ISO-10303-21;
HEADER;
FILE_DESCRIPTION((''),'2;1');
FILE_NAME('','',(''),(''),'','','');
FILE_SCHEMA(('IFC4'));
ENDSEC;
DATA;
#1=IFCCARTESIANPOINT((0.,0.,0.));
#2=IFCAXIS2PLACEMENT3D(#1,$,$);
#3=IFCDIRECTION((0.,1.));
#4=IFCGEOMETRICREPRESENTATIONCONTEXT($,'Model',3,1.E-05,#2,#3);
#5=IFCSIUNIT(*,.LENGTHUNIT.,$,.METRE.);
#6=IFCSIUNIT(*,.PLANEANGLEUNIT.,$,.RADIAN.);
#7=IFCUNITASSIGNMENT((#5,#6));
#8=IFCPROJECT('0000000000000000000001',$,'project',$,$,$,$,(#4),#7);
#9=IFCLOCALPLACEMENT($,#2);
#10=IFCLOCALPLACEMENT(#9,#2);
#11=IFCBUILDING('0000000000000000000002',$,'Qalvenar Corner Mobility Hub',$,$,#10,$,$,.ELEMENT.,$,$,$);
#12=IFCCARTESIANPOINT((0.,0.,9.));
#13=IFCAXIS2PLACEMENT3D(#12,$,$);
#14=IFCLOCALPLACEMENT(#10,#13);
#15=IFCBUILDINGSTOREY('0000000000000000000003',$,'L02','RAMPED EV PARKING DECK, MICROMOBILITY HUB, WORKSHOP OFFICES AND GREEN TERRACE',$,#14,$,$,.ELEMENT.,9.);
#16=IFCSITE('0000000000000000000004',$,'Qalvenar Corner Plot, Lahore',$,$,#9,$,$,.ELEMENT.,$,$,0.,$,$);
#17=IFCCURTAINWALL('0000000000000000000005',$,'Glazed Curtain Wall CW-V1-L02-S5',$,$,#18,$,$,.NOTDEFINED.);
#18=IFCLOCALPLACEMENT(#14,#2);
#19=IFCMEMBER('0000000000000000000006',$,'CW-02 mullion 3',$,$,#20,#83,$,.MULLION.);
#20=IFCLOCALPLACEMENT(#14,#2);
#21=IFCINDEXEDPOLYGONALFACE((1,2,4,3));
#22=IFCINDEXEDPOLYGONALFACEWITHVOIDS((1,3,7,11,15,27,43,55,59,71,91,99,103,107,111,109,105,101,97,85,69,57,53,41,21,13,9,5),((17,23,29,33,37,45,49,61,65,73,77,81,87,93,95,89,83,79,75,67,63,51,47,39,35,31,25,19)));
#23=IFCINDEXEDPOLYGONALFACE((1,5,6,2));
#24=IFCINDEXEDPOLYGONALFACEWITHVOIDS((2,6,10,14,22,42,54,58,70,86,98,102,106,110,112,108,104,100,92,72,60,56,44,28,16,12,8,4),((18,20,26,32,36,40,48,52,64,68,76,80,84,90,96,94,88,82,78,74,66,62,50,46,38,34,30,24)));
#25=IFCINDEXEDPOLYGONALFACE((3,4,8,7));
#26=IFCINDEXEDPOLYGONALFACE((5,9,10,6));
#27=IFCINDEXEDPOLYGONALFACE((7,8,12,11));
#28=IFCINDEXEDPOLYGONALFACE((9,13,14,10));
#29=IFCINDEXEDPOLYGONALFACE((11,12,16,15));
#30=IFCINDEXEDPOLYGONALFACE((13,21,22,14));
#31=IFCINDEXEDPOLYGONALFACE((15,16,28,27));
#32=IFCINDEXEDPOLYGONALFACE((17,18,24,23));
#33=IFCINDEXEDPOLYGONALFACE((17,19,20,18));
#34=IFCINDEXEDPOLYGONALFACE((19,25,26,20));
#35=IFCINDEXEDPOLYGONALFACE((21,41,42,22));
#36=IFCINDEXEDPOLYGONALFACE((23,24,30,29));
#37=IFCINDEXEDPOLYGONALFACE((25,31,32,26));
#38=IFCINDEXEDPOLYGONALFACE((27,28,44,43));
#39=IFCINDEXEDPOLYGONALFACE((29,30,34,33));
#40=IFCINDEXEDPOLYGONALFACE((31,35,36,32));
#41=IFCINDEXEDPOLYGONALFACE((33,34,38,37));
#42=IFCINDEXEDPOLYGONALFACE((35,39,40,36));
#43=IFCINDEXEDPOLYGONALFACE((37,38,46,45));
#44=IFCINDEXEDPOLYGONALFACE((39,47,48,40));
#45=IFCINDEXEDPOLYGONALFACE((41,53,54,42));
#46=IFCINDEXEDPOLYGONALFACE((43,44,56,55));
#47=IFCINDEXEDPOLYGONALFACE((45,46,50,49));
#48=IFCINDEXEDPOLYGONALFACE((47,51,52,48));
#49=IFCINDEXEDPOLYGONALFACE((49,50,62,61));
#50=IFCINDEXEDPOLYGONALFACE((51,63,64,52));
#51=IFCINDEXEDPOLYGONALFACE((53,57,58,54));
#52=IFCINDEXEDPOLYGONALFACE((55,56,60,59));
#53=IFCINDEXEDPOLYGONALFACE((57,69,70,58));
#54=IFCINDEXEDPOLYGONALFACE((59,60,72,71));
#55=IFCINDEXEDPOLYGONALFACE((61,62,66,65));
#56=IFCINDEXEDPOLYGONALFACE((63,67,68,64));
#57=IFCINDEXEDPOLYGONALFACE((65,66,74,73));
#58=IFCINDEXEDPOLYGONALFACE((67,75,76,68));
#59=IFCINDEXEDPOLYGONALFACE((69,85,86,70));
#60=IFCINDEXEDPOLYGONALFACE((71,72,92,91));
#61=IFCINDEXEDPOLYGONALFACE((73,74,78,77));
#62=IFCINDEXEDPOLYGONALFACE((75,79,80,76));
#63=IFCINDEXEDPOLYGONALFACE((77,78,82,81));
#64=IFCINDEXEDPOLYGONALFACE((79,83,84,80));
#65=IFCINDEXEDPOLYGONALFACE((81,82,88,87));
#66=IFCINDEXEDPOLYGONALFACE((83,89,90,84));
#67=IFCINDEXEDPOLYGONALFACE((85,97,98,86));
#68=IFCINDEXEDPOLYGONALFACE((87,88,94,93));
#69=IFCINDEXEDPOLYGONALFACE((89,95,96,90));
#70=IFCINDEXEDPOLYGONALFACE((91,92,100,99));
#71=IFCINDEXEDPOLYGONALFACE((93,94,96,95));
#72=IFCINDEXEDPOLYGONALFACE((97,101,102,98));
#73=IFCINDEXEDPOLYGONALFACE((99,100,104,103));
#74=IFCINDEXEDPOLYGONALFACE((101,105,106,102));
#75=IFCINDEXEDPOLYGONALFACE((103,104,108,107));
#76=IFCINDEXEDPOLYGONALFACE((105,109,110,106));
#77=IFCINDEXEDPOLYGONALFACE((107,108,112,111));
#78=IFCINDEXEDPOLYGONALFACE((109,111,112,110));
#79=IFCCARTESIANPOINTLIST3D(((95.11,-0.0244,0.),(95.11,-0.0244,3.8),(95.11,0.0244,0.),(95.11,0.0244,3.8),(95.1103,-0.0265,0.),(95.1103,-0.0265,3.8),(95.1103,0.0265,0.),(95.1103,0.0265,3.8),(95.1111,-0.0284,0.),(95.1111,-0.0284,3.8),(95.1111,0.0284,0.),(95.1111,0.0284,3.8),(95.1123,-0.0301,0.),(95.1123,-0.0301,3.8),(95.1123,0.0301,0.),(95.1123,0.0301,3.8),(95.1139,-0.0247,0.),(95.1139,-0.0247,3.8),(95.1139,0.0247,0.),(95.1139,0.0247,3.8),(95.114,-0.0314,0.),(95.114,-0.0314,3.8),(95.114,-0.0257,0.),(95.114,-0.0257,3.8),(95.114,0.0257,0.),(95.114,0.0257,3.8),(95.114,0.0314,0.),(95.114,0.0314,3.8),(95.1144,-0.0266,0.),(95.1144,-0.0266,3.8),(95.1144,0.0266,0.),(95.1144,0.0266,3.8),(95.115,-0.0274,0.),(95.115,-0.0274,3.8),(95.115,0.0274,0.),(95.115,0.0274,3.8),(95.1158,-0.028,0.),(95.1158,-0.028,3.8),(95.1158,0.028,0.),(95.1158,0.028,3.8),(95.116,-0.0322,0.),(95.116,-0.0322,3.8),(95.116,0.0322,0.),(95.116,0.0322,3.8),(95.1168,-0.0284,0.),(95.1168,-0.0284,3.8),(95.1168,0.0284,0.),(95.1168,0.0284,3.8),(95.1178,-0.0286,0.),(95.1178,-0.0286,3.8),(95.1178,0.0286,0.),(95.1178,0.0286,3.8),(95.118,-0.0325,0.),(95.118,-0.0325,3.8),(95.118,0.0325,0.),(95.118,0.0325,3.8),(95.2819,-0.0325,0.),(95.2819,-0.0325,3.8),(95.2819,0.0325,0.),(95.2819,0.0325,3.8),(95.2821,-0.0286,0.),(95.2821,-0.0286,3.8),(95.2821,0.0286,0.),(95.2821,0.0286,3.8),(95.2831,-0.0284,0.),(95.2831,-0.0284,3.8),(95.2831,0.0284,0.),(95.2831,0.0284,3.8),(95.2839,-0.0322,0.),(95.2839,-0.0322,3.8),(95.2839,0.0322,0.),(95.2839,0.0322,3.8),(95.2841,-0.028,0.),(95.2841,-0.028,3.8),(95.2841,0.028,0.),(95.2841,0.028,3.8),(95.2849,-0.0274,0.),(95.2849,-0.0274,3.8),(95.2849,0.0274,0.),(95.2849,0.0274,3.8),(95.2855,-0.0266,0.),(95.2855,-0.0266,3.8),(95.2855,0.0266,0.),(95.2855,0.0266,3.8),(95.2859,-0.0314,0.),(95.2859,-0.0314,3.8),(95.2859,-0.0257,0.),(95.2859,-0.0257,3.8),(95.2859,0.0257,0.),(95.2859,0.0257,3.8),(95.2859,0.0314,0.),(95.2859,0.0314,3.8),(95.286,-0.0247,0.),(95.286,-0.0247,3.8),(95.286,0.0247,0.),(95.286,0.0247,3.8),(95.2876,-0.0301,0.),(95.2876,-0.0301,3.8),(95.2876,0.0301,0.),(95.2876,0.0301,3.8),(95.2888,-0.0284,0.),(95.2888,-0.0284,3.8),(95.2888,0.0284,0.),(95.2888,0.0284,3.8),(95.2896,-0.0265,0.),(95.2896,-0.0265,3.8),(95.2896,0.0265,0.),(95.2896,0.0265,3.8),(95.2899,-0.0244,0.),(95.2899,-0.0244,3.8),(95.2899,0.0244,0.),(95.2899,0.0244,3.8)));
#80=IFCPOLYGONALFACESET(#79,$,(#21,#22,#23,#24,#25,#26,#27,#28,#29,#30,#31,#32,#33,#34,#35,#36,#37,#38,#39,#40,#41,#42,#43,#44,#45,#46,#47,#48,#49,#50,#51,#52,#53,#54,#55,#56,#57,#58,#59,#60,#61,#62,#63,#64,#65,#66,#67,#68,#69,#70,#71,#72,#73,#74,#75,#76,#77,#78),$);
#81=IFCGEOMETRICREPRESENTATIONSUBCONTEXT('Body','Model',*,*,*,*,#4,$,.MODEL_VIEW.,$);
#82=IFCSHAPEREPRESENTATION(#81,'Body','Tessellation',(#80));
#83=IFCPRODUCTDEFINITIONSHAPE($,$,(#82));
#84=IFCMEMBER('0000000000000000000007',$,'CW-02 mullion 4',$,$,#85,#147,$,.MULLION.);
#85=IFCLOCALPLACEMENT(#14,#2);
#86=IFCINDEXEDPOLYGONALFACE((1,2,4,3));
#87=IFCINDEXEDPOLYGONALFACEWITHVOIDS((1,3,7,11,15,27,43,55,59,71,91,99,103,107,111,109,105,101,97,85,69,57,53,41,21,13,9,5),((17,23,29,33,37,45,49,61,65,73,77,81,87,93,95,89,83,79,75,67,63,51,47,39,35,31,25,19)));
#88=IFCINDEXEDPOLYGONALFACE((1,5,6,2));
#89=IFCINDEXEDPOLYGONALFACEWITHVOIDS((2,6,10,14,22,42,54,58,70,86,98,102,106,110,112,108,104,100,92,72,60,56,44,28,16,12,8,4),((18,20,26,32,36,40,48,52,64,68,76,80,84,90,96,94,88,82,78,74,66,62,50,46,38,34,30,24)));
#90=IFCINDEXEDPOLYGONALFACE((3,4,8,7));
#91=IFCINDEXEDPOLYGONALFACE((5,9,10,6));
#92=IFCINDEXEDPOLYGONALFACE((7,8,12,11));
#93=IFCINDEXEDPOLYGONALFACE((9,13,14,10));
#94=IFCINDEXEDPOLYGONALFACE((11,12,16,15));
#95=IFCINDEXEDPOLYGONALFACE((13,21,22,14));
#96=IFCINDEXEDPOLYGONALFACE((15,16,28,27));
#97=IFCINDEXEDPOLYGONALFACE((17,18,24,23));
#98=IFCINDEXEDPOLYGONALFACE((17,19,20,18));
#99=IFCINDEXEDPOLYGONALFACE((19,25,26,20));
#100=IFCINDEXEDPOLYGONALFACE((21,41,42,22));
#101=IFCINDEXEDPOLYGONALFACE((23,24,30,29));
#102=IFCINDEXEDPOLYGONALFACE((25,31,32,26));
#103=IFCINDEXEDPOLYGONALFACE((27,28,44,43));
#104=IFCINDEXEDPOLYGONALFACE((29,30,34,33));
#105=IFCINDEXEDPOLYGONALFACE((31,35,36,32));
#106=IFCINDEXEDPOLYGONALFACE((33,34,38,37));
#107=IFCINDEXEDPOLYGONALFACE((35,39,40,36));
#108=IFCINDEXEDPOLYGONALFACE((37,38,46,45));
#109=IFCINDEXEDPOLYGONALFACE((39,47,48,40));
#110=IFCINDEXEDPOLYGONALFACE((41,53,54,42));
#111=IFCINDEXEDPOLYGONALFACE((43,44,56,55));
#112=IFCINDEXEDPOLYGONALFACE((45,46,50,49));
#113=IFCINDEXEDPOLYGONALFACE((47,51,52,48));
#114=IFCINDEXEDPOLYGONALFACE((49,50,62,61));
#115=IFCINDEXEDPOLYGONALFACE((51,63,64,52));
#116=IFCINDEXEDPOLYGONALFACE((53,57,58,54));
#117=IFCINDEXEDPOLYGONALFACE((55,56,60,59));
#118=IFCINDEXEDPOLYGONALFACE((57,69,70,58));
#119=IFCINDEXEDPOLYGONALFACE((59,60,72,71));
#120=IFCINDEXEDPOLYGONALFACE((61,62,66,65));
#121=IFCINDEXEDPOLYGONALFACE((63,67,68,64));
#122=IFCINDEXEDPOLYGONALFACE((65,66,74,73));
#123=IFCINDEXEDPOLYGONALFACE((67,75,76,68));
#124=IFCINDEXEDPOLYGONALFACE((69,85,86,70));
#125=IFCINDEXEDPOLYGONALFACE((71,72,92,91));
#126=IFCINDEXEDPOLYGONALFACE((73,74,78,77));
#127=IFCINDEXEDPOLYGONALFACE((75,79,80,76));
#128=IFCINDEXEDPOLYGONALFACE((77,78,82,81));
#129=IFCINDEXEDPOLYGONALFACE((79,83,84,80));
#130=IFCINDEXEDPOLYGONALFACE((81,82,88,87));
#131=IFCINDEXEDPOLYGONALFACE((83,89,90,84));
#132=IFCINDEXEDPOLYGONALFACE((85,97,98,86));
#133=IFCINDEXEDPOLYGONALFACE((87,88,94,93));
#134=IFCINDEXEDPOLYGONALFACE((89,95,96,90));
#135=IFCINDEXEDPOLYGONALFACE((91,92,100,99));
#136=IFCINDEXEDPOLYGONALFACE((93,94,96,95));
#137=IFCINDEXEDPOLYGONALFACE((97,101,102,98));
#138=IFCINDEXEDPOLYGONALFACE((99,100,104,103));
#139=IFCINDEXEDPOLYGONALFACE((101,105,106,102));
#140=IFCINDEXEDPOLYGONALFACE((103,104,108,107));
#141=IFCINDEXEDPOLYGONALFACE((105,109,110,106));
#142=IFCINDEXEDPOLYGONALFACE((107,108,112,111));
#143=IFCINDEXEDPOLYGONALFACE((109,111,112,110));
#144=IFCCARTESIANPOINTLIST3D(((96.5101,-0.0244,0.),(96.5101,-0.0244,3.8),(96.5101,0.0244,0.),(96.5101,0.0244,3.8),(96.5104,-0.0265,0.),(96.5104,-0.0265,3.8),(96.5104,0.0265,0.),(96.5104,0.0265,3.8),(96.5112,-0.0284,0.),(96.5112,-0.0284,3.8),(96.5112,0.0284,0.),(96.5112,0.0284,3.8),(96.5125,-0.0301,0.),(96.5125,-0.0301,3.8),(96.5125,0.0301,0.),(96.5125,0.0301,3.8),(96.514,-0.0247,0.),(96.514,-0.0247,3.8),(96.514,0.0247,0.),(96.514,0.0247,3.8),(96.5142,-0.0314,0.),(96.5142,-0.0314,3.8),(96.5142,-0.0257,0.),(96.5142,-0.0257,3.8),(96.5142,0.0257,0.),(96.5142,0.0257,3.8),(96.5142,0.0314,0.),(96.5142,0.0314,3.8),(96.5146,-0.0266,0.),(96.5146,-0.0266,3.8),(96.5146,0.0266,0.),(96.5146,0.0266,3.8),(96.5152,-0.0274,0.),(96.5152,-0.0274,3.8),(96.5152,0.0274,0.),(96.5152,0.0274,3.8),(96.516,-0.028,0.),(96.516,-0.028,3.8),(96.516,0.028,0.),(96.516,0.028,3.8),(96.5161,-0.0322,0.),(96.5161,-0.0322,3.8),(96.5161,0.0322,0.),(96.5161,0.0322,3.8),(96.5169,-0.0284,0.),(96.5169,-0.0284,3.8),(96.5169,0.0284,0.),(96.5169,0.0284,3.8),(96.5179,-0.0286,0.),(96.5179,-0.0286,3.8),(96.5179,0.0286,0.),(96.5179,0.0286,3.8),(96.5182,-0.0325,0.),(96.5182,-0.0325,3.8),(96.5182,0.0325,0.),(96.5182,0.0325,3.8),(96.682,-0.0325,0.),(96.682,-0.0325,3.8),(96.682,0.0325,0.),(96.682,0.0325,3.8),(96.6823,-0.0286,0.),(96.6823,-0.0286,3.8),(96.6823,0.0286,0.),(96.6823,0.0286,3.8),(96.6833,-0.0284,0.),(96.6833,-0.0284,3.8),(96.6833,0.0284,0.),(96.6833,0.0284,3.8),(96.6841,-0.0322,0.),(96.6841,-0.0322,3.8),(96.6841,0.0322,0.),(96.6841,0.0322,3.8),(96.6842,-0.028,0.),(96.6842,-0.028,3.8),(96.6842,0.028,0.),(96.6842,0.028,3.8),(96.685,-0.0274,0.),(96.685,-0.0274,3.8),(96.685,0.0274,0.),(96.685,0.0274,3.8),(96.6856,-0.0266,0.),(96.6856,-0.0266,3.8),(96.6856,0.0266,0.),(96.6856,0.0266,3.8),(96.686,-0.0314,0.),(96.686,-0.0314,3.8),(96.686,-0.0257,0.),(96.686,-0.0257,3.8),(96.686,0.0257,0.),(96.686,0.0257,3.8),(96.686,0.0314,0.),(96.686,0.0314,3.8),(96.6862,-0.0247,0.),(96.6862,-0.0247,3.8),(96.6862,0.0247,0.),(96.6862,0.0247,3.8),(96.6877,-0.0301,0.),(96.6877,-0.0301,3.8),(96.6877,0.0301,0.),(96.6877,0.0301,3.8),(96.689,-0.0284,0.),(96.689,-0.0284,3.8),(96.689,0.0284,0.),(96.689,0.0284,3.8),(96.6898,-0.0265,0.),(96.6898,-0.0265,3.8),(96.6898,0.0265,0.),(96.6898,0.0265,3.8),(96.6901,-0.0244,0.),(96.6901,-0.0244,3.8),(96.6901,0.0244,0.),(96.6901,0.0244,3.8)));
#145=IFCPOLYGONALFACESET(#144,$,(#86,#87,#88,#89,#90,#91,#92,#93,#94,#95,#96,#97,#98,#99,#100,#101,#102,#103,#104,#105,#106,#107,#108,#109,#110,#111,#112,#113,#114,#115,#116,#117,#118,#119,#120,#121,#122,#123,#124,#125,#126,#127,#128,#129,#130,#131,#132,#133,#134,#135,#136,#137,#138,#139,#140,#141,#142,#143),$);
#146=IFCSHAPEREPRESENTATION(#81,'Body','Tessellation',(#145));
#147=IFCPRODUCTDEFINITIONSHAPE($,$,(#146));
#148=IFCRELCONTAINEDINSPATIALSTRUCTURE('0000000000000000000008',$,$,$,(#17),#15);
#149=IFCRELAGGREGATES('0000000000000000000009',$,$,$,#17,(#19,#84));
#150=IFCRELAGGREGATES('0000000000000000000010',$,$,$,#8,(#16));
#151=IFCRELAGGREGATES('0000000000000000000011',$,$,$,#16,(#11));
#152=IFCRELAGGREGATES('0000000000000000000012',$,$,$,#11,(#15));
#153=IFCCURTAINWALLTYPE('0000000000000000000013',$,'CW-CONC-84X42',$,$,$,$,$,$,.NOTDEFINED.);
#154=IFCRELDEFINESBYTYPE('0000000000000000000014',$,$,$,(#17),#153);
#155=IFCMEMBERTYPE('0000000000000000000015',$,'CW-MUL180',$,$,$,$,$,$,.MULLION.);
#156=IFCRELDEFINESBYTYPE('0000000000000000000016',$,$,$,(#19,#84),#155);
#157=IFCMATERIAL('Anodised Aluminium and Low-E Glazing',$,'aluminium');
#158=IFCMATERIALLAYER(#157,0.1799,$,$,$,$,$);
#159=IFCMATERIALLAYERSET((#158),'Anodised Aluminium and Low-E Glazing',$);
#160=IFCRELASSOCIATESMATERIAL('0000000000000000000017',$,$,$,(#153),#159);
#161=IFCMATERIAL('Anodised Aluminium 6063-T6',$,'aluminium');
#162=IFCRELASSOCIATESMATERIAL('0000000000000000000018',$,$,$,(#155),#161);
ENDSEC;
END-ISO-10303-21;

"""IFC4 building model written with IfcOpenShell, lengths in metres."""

from ifc_helpers import new_model, si_unit, direction, frame, origin, origin_2d, place, context, subcontext, project, spatial, hollow_rectangle, extrude, material, layer, layer_set, material_profile, profile_set, type_object, element, aggregate, save


model = new_model("IFC4")

# Units and contexts
model_context = context("Model", 3, precision=1e-05, world=origin(), true_north=direction((0.0, 1.0)))
body_context = subcontext(model_context, "Body", "Model", "MODEL_VIEW")
ifc_project = project(units=[si_unit("LENGTHUNIT", "METRE"), si_unit("PLANEANGLEUNIT", "RADIAN")], contexts=[model_context])

# Site, building, storey
site_placement = place(None, origin())
site = spatial("IfcSite", under=ifc_project, at=site_placement, Name="Qalvenar Corner Plot, Lahore", CompositionType="ELEMENT", RefElevation=0.0)
building_placement = place(site_placement, origin())
building = spatial("IfcBuilding", under=site, at=building_placement, Name="Qalvenar Corner Mobility Hub", CompositionType="ELEMENT")
storey_placement = place(building_placement, frame((0.0, 0.0, 9.0)))
storey = spatial("IfcBuildingStorey", under=building, at=storey_placement, Name="L02", Description="RAMPED EV PARKING DECK, MICROMOBILITY HUB, WORKSHOP OFFICES AND GREEN TERRACE", CompositionType="ELEMENT", Elevation=9.0)

# Shared definitions
ifc_material_1 = material(Name="Anodised Aluminium and Low-E Glazing", Category="aluminium")
ifc_layer_1 = layer(ifc_material_1, 0.1799)
ifc_layer_set_1 = layer_set([ifc_layer_1], Name="Anodised Aluminium and Low-E Glazing")
curtain_wall_type = type_object("IfcCurtainWallType", Name="CW-CONC-84X42", PredefinedType="NOTDEFINED", material=ifc_layer_set_1)
ifc_material_2 = material(Name="Anodised Aluminium 6063-T6", Category="aluminium")
ifc_material_profile_1 = material_profile(ifc_material_2, hollow_rectangle(XDim=0.0649, YDim=0.1799, WallThickness=0.0039, InnerFilletRadius=0.0039, OuterFilletRadius=0.0081, at=origin_2d()), Name="RHS180x65x4")
ifc_profile_set_1 = profile_set([ifc_material_profile_1], Name="Anodised Aluminium 6063-T6")
member_type_1 = type_object("IfcMemberType", Name="CW-MUL180", PredefinedType="MULLION", material=ifc_profile_set_1)

# Curtain wall, members
curtain_wall_1_placement = place(storey_placement, origin())
curtain_wall_1 = element("IfcCurtainWall", 1, at=curtain_wall_1_placement, inside=storey, type_object=curtain_wall_type, Name="Glazed Curtain Wall CW-V1-L02-S5", PredefinedType="NOTDEFINED")
member_1_placement = place(storey_placement, frame((95.2, 0.0, 0.0), z_axis=(0.0, 0.0, 1.0), x_axis=(0.0, 1.0, 0.0)))
member_1 = element("IfcMember", 2, at=member_1_placement, type_object=member_type_1, Name="CW-02 mullion 3", PredefinedType="MULLION", context=body_context, shape_type="SweptSolid", body=[
    extrude(hollow_rectangle(XDim=0.0649, YDim=0.1799, WallThickness=0.0039, InnerFilletRadius=0.0039, OuterFilletRadius=0.0081, at=origin_2d()), origin(), (0.0, 0.0, 1.0), 3.8),
])
member_2_placement = place(storey_placement, frame((96.6001, 0.0, 0.0), z_axis=(0.0, 0.0, 1.0), x_axis=(0.0, 1.0, 0.0)))
member_2 = element("IfcMember", 3, at=member_2_placement, type_object=member_type_1, Name="CW-02 mullion 4", PredefinedType="MULLION", context=body_context, shape_type="SweptSolid", body=[
    extrude(hollow_rectangle(XDim=0.0649, YDim=0.1799, WallThickness=0.0039, InnerFilletRadius=0.0039, OuterFilletRadius=0.0081, at=origin_2d()), origin(), (0.0, 0.0, 1.0), 3.8),
])

aggregate(curtain_wall_1, [member_1, member_2])

save(model, "model.ifc")
